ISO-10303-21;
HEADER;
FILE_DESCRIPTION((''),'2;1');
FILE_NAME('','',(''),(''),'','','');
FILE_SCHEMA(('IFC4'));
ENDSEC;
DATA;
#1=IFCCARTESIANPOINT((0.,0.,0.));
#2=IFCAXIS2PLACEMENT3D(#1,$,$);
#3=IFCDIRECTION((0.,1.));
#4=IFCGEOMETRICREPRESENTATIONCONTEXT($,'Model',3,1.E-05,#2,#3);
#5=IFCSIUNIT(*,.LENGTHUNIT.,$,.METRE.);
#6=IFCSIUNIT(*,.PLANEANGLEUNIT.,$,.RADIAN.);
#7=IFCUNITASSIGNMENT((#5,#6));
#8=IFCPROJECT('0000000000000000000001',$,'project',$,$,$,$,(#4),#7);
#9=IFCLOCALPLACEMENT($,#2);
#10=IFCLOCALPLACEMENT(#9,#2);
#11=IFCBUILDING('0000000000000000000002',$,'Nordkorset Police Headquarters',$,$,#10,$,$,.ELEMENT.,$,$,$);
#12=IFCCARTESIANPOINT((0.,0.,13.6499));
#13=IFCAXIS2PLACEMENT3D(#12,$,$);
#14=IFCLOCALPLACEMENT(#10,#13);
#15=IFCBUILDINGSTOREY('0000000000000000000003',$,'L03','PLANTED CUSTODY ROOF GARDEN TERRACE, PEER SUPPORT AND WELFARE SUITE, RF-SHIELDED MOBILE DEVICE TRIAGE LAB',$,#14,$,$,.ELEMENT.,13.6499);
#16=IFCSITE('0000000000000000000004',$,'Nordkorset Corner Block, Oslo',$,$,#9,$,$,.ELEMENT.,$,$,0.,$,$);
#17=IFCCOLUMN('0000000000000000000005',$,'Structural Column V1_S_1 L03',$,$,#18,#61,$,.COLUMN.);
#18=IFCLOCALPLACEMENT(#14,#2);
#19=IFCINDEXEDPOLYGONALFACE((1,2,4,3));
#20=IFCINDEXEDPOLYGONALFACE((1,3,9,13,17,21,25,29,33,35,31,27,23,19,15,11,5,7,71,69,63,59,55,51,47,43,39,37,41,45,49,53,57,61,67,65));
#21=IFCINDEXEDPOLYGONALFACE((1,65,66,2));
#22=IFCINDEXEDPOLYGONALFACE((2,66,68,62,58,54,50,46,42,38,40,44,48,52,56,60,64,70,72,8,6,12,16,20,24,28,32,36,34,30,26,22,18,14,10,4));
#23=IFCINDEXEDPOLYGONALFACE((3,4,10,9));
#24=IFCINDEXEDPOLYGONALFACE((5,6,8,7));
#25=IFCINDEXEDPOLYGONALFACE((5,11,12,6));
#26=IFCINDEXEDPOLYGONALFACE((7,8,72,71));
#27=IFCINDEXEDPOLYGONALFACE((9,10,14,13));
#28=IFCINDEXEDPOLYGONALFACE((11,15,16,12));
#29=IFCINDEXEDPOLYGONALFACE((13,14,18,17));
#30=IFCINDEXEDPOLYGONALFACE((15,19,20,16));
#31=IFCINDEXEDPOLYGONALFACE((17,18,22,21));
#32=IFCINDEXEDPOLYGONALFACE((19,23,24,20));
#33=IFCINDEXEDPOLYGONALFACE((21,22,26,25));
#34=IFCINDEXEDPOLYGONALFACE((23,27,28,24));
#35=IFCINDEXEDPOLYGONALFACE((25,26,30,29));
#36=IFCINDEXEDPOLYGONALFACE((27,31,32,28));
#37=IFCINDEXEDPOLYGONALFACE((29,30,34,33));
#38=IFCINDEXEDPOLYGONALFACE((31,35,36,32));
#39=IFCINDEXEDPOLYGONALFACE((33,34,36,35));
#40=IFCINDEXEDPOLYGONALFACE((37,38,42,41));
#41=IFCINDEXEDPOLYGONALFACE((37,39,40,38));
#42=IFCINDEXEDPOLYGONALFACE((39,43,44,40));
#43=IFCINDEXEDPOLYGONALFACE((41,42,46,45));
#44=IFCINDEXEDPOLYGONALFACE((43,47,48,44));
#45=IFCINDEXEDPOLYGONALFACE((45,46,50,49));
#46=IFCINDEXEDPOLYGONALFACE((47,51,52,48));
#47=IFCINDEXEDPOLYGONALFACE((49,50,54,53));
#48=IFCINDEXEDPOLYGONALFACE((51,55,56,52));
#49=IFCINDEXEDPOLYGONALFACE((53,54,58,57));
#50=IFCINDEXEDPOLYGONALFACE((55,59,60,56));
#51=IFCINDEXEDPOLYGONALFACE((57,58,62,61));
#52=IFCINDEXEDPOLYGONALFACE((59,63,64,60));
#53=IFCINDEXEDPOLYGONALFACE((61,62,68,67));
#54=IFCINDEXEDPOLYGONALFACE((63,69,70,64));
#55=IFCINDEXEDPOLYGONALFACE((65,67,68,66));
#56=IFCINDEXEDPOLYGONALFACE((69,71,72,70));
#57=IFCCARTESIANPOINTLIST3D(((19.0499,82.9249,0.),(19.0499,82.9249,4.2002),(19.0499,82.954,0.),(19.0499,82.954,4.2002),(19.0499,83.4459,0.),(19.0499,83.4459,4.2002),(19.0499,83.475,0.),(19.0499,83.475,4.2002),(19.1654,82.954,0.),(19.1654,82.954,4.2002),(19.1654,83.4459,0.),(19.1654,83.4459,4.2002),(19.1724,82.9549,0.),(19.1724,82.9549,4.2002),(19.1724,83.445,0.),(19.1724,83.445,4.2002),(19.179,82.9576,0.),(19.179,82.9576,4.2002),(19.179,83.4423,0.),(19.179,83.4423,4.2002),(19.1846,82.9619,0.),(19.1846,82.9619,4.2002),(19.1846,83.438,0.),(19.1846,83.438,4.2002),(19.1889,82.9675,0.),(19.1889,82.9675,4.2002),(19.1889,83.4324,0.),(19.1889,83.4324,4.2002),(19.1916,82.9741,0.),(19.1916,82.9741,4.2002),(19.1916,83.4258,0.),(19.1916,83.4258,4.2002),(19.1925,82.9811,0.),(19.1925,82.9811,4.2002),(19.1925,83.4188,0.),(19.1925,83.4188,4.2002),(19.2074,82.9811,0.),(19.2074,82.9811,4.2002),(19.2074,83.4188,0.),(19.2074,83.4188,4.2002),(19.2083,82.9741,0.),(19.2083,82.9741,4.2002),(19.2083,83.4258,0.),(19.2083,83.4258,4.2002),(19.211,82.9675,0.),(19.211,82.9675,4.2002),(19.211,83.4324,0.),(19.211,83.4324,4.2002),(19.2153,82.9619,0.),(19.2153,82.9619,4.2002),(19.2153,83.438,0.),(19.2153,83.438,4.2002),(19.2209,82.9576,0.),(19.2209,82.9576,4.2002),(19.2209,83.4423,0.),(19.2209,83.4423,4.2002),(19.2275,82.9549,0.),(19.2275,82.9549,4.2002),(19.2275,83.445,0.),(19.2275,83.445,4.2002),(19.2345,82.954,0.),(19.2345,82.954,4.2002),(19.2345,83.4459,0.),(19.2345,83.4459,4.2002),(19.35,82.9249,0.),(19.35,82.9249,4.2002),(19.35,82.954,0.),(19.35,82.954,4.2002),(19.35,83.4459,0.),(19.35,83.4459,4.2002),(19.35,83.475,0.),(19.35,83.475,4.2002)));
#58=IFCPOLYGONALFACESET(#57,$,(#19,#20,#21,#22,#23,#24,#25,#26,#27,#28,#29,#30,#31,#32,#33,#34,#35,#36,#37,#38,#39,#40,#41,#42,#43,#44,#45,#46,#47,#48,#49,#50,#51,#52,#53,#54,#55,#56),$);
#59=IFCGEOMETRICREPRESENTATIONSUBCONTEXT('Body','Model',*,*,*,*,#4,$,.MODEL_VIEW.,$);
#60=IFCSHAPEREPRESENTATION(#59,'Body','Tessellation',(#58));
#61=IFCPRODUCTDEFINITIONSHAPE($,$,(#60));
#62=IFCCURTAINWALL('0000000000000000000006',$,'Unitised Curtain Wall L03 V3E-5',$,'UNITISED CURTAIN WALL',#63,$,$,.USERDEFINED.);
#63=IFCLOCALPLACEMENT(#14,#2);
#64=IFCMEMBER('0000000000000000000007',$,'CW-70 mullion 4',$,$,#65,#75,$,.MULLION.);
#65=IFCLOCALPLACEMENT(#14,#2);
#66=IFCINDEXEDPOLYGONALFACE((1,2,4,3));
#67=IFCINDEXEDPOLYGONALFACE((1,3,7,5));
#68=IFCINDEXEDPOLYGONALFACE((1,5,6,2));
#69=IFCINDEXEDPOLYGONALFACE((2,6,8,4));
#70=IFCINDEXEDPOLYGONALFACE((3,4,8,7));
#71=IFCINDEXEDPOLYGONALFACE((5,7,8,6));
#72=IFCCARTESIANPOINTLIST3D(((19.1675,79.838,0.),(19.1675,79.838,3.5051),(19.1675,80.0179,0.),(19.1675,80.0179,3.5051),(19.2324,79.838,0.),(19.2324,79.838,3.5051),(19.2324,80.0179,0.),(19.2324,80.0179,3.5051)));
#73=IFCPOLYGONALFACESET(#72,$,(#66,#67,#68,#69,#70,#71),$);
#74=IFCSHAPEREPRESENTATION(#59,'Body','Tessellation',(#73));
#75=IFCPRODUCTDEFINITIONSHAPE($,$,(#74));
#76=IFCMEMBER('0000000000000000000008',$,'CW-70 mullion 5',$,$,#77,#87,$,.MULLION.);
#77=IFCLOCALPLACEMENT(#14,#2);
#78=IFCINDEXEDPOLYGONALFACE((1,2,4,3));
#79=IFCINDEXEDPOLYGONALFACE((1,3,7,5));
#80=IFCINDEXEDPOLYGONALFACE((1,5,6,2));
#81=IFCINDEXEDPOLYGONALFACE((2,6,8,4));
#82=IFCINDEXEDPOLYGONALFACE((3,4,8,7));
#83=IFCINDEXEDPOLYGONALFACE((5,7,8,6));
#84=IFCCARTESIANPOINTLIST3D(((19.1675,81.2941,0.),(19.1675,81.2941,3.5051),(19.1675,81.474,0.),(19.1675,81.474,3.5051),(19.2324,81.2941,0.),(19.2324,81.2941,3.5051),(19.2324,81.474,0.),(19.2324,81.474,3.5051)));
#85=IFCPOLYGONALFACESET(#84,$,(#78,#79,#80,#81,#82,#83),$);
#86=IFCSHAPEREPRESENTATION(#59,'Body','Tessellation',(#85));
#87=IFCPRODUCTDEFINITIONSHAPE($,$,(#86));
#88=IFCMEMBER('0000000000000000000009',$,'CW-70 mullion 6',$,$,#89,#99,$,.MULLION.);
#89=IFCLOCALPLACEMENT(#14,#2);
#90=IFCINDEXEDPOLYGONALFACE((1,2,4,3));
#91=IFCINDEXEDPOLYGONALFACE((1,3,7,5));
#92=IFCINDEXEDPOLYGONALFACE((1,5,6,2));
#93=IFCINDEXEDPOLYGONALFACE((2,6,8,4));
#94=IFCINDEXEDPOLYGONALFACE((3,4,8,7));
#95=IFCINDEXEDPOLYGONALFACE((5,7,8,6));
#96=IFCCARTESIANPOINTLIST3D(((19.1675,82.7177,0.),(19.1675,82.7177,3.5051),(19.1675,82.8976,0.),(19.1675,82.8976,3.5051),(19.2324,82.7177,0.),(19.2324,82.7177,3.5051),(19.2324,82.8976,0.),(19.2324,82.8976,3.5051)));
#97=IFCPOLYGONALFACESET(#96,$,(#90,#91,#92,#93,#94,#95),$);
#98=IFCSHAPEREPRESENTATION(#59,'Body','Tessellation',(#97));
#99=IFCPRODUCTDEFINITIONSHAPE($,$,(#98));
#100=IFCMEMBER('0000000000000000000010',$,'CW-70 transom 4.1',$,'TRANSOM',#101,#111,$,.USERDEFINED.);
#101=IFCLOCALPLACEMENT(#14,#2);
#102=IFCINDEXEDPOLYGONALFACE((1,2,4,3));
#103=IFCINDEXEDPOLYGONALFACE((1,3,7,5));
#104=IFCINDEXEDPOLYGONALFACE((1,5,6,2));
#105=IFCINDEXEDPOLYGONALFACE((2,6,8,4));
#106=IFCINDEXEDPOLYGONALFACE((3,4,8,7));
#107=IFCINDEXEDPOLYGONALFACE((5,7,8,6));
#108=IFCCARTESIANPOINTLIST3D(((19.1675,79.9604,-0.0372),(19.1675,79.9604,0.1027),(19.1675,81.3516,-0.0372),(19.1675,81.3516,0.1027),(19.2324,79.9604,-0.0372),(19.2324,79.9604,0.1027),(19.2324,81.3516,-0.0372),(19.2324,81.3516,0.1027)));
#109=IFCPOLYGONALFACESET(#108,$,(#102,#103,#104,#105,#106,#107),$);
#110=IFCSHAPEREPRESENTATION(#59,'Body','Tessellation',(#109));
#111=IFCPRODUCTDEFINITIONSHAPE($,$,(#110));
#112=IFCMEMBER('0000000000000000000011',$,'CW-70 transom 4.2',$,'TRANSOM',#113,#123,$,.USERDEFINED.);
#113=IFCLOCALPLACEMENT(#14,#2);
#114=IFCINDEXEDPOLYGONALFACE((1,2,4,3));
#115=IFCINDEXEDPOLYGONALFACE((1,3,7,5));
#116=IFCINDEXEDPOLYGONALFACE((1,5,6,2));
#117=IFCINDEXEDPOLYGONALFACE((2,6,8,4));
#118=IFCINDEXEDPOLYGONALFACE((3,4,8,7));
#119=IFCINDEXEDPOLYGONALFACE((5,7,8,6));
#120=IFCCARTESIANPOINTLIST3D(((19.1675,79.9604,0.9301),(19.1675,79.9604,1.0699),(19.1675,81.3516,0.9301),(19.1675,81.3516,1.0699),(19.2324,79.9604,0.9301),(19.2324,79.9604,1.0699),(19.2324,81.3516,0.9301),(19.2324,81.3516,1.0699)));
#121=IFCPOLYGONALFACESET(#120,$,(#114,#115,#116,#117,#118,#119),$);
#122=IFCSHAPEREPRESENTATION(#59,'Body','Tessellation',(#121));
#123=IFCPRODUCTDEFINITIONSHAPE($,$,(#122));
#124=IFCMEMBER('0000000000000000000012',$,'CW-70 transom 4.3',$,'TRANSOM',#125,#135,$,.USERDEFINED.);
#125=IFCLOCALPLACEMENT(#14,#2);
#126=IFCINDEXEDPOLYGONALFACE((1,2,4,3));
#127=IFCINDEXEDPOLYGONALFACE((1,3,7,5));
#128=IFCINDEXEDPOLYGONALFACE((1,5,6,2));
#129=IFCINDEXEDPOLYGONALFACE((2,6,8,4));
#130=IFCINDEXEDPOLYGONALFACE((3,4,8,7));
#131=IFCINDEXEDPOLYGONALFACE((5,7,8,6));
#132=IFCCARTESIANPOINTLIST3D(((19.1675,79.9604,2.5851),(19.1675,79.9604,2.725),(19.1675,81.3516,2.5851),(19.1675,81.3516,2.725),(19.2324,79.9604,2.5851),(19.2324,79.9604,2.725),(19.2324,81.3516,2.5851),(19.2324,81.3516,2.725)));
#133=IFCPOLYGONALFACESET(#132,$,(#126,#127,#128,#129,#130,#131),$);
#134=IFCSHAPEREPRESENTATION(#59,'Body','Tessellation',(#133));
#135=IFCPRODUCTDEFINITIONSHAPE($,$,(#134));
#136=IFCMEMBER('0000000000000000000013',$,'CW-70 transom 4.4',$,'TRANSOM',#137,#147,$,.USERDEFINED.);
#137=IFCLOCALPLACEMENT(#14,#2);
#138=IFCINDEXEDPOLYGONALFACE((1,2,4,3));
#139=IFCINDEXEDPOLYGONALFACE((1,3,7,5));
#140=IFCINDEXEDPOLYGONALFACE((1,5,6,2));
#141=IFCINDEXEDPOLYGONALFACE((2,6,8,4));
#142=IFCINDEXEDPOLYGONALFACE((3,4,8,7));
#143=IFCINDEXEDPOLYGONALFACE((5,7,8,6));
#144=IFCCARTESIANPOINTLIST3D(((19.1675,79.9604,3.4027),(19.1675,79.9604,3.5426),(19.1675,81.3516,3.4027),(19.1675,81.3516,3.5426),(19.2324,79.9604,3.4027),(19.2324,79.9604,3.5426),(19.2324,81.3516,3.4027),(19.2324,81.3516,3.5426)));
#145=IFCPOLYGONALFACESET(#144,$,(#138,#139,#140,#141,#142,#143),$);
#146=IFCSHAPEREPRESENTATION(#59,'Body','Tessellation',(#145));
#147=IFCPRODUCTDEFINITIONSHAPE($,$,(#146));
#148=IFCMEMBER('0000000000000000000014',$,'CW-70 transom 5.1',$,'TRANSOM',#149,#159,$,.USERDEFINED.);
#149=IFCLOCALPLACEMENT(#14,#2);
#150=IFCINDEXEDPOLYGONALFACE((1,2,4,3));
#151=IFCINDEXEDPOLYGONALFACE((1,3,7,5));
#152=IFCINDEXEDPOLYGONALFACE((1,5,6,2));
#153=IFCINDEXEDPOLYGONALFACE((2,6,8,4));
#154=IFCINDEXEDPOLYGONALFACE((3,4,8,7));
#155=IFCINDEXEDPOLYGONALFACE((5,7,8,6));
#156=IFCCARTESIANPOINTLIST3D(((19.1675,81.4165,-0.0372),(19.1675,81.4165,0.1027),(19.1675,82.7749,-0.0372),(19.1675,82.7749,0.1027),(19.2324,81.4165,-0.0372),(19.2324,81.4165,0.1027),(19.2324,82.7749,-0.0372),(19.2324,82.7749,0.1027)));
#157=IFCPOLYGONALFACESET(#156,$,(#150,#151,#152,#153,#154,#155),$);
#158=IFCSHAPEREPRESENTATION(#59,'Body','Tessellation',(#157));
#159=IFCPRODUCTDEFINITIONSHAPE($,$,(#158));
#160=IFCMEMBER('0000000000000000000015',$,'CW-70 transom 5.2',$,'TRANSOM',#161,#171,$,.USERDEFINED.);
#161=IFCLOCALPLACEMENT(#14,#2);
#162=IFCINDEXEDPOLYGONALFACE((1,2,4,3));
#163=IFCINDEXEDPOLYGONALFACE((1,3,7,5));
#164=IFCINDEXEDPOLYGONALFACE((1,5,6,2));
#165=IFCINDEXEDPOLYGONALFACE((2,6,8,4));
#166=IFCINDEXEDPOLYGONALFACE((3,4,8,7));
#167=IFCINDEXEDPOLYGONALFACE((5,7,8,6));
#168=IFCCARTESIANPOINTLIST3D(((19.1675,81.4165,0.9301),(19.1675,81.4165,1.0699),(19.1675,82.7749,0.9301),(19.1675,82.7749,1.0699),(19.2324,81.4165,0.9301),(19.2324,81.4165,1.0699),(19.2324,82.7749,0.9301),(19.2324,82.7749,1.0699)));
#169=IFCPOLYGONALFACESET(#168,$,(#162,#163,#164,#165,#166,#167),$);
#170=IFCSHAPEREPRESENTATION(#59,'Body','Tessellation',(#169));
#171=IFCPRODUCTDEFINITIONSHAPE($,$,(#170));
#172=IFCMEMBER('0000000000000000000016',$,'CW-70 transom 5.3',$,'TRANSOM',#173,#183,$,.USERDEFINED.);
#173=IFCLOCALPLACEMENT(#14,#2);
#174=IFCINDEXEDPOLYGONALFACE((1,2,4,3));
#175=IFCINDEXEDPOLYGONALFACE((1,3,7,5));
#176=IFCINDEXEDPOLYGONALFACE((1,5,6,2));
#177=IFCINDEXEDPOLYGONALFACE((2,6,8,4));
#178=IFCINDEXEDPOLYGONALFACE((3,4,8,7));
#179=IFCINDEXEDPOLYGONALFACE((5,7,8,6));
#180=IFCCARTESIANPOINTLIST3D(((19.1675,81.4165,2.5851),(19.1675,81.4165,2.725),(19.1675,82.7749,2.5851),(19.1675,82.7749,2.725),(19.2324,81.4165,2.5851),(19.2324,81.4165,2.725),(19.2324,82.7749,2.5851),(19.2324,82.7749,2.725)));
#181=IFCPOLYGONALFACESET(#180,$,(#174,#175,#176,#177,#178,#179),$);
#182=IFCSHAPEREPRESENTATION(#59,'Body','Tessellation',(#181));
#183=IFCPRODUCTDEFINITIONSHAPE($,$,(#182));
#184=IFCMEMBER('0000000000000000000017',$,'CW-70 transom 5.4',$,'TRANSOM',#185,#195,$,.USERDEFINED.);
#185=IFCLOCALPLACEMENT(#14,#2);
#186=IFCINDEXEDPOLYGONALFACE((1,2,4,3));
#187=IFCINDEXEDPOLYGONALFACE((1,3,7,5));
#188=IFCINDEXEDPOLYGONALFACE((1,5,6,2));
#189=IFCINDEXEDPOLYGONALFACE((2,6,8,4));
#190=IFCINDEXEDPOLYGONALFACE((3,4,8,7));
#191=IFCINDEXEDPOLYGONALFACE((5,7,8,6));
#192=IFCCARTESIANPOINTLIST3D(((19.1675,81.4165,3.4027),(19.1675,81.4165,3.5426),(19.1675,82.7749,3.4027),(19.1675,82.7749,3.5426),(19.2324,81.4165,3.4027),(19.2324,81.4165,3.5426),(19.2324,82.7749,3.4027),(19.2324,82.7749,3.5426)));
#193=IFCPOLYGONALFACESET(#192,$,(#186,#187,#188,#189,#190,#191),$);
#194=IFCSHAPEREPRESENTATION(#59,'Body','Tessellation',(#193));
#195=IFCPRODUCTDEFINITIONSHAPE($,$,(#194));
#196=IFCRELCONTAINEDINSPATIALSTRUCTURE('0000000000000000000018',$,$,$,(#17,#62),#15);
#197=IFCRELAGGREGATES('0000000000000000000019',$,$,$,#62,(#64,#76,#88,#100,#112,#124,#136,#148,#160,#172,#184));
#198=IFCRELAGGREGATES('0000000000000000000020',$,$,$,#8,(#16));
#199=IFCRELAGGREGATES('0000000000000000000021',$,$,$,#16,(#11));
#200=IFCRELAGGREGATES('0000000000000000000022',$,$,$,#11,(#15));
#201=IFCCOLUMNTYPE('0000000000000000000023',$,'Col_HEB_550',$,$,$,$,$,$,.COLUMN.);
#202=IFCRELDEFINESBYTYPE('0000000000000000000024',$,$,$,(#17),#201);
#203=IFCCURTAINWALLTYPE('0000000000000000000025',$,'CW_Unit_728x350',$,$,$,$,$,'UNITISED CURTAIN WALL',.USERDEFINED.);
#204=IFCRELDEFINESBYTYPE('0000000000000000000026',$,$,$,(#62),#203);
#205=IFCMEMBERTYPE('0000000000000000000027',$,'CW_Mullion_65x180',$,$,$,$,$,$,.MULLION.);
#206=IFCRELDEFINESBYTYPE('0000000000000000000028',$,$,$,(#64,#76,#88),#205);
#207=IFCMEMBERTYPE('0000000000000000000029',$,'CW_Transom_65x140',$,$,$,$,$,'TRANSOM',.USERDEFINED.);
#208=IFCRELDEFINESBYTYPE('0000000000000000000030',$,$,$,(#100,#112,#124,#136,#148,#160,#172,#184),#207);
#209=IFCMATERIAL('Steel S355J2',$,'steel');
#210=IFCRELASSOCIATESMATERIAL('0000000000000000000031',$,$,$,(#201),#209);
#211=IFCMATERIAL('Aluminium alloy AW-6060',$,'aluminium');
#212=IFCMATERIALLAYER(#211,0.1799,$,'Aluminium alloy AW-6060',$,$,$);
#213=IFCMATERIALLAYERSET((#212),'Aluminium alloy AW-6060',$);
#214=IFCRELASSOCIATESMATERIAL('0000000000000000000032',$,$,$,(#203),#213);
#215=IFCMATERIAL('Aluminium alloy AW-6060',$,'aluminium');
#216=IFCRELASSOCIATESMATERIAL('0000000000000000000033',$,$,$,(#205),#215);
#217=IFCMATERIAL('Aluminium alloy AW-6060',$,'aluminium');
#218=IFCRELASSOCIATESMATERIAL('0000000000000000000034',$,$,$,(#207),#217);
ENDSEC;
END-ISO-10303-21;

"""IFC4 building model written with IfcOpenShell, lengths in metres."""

from ifc_helpers import new_model, si_unit, direction, frame, origin, origin_2d, place, context, subcontext, project, spatial, rectangle, i_section, extrude, material, layer, layer_set, material_profile, profile_set, type_object, element, aggregate, save


model = new_model("IFC4")

# Units and contexts
model_context = context("Model", 3, precision=1e-05, world=origin(), true_north=direction((0.0, 1.0)))
body_context = subcontext(model_context, "Body", "Model", "MODEL_VIEW")
ifc_project = project(units=[si_unit("LENGTHUNIT", "METRE"), si_unit("PLANEANGLEUNIT", "RADIAN")], contexts=[model_context])

# Site, building, storey
site_placement = place(None, origin())
site = spatial("IfcSite", under=ifc_project, at=site_placement, Name="Nordkorset Corner Block, Oslo", CompositionType="ELEMENT", RefElevation=0.0)
building_placement = place(site_placement, origin())
building = spatial("IfcBuilding", under=site, at=building_placement, Name="Nordkorset Police Headquarters", CompositionType="ELEMENT")
storey_placement = place(building_placement, frame((0.0, 0.0, 13.6499)))
storey = spatial("IfcBuildingStorey", under=building, at=storey_placement, Name="L03", Description="PLANTED CUSTODY ROOF GARDEN TERRACE, PEER SUPPORT AND WELFARE SUITE, RF-SHIELDED MOBILE DEVICE TRIAGE LAB", CompositionType="ELEMENT", Elevation=13.6499)

# Column
ifc_material_1 = material(Name="Steel S355J2", Category="steel")
ifc_material_profile_1 = material_profile(ifc_material_1, i_section(OverallWidth=0.3, OverallDepth=0.55, WebThickness=0.0149, FlangeThickness=0.0291, FilletRadius=0.0271, at=origin_2d()), Name="HEB 550")
ifc_profile_set_1 = profile_set([ifc_material_profile_1], Name="Steel S355J2")
column_type = type_object("IfcColumnType", Name="Col_HEB_550", PredefinedType="COLUMN", material=ifc_profile_set_1)
column_placement = place(storey_placement, frame((19.2, 83.2, 0.0), z_axis=(0.0, 0.0, 1.0), x_axis=(1.0, 0.0, 0.0)))
element("IfcColumn", 1, at=column_placement, inside=storey, type_object=column_type, Name="Structural Column V1_S_1 L03", PredefinedType="COLUMN", context=body_context, shape_type="SweptSolid", body=[
    extrude(i_section(OverallWidth=0.3, OverallDepth=0.55, WebThickness=0.0149, FlangeThickness=0.0291, FilletRadius=0.0271, at=origin_2d()), origin(), (0.0, 0.0, 1.0), 4.2002),
])

# Curtain wall, members
ifc_material_2 = material(Name="Aluminium alloy AW-6060", Category="aluminium")
ifc_layer_1 = layer(ifc_material_2, 0.1799, Name="Aluminium alloy AW-6060")
ifc_layer_set_1 = layer_set([ifc_layer_1], Name="Aluminium alloy AW-6060")
curtain_wall_type = type_object("IfcCurtainWallType", Name="CW_Unit_728x350", ElementType="UNITISED CURTAIN WALL", PredefinedType="USERDEFINED", material=ifc_layer_set_1)
curtain_wall_placement = place(storey_placement, origin())
curtain_wall = element("IfcCurtainWall", 2, at=curtain_wall_placement, inside=storey, type_object=curtain_wall_type, Name="Unitised Curtain Wall L03 V3E-5", ObjectType="UNITISED CURTAIN WALL", PredefinedType="USERDEFINED")
ifc_material_3 = material(Name="Aluminium alloy AW-6060", Category="aluminium")
ifc_material_profile_2 = material_profile(ifc_material_3, rectangle(XDim=0.0649, YDim=0.1799, at=origin_2d()), Name="ALU MULL 65x180")
ifc_profile_set_2 = profile_set([ifc_material_profile_2], Name="Aluminium alloy AW-6060")
member_type_1 = type_object("IfcMemberType", Name="CW_Mullion_65x180", PredefinedType="MULLION", material=ifc_profile_set_2)
member_1_placement = place(storey_placement, frame((19.2, 79.928, 0.0), z_axis=(0.0, 0.0, 1.0), x_axis=(-1.0, 0.0, 0.0)))
member_1 = element("IfcMember", 3, at=member_1_placement, type_object=member_type_1, Name="CW-70 mullion 4", PredefinedType="MULLION", context=body_context, shape_type="SweptSolid", body=[
    extrude(rectangle(XDim=0.0649, YDim=0.1799, at=origin_2d()), origin(), (0.0, 0.0, 1.0), 3.5051),
])
member_2_placement = place(storey_placement, frame((19.2, 81.384, 0.0), z_axis=(0.0, 0.0, 1.0), x_axis=(-1.0, 0.0, 0.0)))
member_2 = element("IfcMember", 4, at=member_2_placement, type_object=member_type_1, Name="CW-70 mullion 5", PredefinedType="MULLION", context=body_context, shape_type="SweptSolid", body=[
    extrude(rectangle(XDim=0.0649, YDim=0.1799, at=origin_2d()), origin(), (0.0, 0.0, 1.0), 3.5051),
])
member_3_placement = place(storey_placement, frame((19.2, 82.8076, 0.0), z_axis=(0.0, 0.0, 1.0), x_axis=(-1.0, 0.0, 0.0)))
member_3 = element("IfcMember", 5, at=member_3_placement, type_object=member_type_1, Name="CW-70 mullion 6", PredefinedType="MULLION", context=body_context, shape_type="SweptSolid", body=[
    extrude(rectangle(XDim=0.0649, YDim=0.1799, at=origin_2d()), origin(), (0.0, 0.0, 1.0), 3.5051),
])
ifc_material_4 = material(Name="Aluminium alloy AW-6060", Category="aluminium")
ifc_material_profile_3 = material_profile(ifc_material_4, rectangle(XDim=0.0649, YDim=0.1399, at=origin_2d()), Name="ALU TRAN 65x140")
ifc_profile_set_3 = profile_set([ifc_material_profile_3], Name="Aluminium alloy AW-6060")
member_type_2 = type_object("IfcMemberType", Name="CW_Transom_65x140", ElementType="TRANSOM", PredefinedType="USERDEFINED", material=ifc_profile_set_3)
member_4_placement = place(storey_placement, frame((19.2, 79.9604, 0.0327), z_axis=(0.0, 1.0, 0.0), x_axis=(-1.0, 0.0, 0.0)))
member_4 = element("IfcMember", 6, at=member_4_placement, type_object=member_type_2, Name="CW-70 transom 4.1", ObjectType="TRANSOM", PredefinedType="USERDEFINED", context=body_context, shape_type="SweptSolid", body=[
    extrude(rectangle(XDim=0.0649, YDim=0.1399, at=origin_2d()), origin(), (0.0, 0.0, 1.0), 1.3911),
])
member_5_placement = place(storey_placement, frame((19.2, 79.9604, 1.0), z_axis=(0.0, 1.0, 0.0), x_axis=(-1.0, 0.0, 0.0)))
member_5 = element("IfcMember", 7, at=member_5_placement, type_object=member_type_2, Name="CW-70 transom 4.2", ObjectType="TRANSOM", PredefinedType="USERDEFINED", context=body_context, shape_type="SweptSolid", body=[
    extrude(rectangle(XDim=0.0649, YDim=0.1399, at=origin_2d()), origin(), (0.0, 0.0, 1.0), 1.3911),
])
member_6_placement = place(storey_placement, frame((19.2, 79.9604, 2.655), z_axis=(0.0, 1.0, 0.0), x_axis=(-1.0, 0.0, 0.0)))
member_6 = element("IfcMember", 8, at=member_6_placement, type_object=member_type_2, Name="CW-70 transom 4.3", ObjectType="TRANSOM", PredefinedType="USERDEFINED", context=body_context, shape_type="SweptSolid", body=[
    extrude(rectangle(XDim=0.0649, YDim=0.1399, at=origin_2d()), origin(), (0.0, 0.0, 1.0), 1.3911),
])
member_7_placement = place(storey_placement, frame((19.2, 79.9604, 3.4727), z_axis=(0.0, 1.0, 0.0), x_axis=(-1.0, 0.0, 0.0)))
member_7 = element("IfcMember", 9, at=member_7_placement, type_object=member_type_2, Name="CW-70 transom 4.4", ObjectType="TRANSOM", PredefinedType="USERDEFINED", context=body_context, shape_type="SweptSolid", body=[
    extrude(rectangle(XDim=0.0649, YDim=0.1399, at=origin_2d()), origin(), (0.0, 0.0, 1.0), 1.3911),
])
member_8_placement = place(storey_placement, frame((19.2, 81.4165, 0.0327), z_axis=(0.0, 1.0, 0.0), x_axis=(-1.0, 0.0, 0.0)))
member_8 = element("IfcMember", 10, at=member_8_placement, type_object=member_type_2, Name="CW-70 transom 5.1", ObjectType="TRANSOM", PredefinedType="USERDEFINED", context=body_context, shape_type="SweptSolid", body=[
    extrude(rectangle(XDim=0.0649, YDim=0.1399, at=origin_2d()), origin(), (0.0, 0.0, 1.0), 1.3584),
])
member_9_placement = place(storey_placement, frame((19.2, 81.4165, 1.0), z_axis=(0.0, 1.0, 0.0), x_axis=(-1.0, 0.0, 0.0)))
member_9 = element("IfcMember", 11, at=member_9_placement, type_object=member_type_2, Name="CW-70 transom 5.2", ObjectType="TRANSOM", PredefinedType="USERDEFINED", context=body_context, shape_type="SweptSolid", body=[
    extrude(rectangle(XDim=0.0649, YDim=0.1399, at=origin_2d()), origin(), (0.0, 0.0, 1.0), 1.3584),
])
member_10_placement = place(storey_placement, frame((19.2, 81.4165, 2.655), z_axis=(0.0, 1.0, 0.0), x_axis=(-1.0, 0.0, 0.0)))
member_10 = element("IfcMember", 12, at=member_10_placement, type_object=member_type_2, Name="CW-70 transom 5.3", ObjectType="TRANSOM", PredefinedType="USERDEFINED", context=body_context, shape_type="SweptSolid", body=[
    extrude(rectangle(XDim=0.0649, YDim=0.1399, at=origin_2d()), origin(), (0.0, 0.0, 1.0), 1.3584),
])
member_11_placement = place(storey_placement, frame((19.2, 81.4165, 3.4727), z_axis=(0.0, 1.0, 0.0), x_axis=(-1.0, 0.0, 0.0)))
member_11 = element("IfcMember", 13, at=member_11_placement, type_object=member_type_2, Name="CW-70 transom 5.4", ObjectType="TRANSOM", PredefinedType="USERDEFINED", context=body_context, shape_type="SweptSolid", body=[
    extrude(rectangle(XDim=0.0649, YDim=0.1399, at=origin_2d()), origin(), (0.0, 0.0, 1.0), 1.3584),
])

aggregate(curtain_wall, [member_1, member_2, member_3, member_4, member_5, member_6, member_7, member_8, member_9, member_10, member_11])

save(model, "model.ifc")
